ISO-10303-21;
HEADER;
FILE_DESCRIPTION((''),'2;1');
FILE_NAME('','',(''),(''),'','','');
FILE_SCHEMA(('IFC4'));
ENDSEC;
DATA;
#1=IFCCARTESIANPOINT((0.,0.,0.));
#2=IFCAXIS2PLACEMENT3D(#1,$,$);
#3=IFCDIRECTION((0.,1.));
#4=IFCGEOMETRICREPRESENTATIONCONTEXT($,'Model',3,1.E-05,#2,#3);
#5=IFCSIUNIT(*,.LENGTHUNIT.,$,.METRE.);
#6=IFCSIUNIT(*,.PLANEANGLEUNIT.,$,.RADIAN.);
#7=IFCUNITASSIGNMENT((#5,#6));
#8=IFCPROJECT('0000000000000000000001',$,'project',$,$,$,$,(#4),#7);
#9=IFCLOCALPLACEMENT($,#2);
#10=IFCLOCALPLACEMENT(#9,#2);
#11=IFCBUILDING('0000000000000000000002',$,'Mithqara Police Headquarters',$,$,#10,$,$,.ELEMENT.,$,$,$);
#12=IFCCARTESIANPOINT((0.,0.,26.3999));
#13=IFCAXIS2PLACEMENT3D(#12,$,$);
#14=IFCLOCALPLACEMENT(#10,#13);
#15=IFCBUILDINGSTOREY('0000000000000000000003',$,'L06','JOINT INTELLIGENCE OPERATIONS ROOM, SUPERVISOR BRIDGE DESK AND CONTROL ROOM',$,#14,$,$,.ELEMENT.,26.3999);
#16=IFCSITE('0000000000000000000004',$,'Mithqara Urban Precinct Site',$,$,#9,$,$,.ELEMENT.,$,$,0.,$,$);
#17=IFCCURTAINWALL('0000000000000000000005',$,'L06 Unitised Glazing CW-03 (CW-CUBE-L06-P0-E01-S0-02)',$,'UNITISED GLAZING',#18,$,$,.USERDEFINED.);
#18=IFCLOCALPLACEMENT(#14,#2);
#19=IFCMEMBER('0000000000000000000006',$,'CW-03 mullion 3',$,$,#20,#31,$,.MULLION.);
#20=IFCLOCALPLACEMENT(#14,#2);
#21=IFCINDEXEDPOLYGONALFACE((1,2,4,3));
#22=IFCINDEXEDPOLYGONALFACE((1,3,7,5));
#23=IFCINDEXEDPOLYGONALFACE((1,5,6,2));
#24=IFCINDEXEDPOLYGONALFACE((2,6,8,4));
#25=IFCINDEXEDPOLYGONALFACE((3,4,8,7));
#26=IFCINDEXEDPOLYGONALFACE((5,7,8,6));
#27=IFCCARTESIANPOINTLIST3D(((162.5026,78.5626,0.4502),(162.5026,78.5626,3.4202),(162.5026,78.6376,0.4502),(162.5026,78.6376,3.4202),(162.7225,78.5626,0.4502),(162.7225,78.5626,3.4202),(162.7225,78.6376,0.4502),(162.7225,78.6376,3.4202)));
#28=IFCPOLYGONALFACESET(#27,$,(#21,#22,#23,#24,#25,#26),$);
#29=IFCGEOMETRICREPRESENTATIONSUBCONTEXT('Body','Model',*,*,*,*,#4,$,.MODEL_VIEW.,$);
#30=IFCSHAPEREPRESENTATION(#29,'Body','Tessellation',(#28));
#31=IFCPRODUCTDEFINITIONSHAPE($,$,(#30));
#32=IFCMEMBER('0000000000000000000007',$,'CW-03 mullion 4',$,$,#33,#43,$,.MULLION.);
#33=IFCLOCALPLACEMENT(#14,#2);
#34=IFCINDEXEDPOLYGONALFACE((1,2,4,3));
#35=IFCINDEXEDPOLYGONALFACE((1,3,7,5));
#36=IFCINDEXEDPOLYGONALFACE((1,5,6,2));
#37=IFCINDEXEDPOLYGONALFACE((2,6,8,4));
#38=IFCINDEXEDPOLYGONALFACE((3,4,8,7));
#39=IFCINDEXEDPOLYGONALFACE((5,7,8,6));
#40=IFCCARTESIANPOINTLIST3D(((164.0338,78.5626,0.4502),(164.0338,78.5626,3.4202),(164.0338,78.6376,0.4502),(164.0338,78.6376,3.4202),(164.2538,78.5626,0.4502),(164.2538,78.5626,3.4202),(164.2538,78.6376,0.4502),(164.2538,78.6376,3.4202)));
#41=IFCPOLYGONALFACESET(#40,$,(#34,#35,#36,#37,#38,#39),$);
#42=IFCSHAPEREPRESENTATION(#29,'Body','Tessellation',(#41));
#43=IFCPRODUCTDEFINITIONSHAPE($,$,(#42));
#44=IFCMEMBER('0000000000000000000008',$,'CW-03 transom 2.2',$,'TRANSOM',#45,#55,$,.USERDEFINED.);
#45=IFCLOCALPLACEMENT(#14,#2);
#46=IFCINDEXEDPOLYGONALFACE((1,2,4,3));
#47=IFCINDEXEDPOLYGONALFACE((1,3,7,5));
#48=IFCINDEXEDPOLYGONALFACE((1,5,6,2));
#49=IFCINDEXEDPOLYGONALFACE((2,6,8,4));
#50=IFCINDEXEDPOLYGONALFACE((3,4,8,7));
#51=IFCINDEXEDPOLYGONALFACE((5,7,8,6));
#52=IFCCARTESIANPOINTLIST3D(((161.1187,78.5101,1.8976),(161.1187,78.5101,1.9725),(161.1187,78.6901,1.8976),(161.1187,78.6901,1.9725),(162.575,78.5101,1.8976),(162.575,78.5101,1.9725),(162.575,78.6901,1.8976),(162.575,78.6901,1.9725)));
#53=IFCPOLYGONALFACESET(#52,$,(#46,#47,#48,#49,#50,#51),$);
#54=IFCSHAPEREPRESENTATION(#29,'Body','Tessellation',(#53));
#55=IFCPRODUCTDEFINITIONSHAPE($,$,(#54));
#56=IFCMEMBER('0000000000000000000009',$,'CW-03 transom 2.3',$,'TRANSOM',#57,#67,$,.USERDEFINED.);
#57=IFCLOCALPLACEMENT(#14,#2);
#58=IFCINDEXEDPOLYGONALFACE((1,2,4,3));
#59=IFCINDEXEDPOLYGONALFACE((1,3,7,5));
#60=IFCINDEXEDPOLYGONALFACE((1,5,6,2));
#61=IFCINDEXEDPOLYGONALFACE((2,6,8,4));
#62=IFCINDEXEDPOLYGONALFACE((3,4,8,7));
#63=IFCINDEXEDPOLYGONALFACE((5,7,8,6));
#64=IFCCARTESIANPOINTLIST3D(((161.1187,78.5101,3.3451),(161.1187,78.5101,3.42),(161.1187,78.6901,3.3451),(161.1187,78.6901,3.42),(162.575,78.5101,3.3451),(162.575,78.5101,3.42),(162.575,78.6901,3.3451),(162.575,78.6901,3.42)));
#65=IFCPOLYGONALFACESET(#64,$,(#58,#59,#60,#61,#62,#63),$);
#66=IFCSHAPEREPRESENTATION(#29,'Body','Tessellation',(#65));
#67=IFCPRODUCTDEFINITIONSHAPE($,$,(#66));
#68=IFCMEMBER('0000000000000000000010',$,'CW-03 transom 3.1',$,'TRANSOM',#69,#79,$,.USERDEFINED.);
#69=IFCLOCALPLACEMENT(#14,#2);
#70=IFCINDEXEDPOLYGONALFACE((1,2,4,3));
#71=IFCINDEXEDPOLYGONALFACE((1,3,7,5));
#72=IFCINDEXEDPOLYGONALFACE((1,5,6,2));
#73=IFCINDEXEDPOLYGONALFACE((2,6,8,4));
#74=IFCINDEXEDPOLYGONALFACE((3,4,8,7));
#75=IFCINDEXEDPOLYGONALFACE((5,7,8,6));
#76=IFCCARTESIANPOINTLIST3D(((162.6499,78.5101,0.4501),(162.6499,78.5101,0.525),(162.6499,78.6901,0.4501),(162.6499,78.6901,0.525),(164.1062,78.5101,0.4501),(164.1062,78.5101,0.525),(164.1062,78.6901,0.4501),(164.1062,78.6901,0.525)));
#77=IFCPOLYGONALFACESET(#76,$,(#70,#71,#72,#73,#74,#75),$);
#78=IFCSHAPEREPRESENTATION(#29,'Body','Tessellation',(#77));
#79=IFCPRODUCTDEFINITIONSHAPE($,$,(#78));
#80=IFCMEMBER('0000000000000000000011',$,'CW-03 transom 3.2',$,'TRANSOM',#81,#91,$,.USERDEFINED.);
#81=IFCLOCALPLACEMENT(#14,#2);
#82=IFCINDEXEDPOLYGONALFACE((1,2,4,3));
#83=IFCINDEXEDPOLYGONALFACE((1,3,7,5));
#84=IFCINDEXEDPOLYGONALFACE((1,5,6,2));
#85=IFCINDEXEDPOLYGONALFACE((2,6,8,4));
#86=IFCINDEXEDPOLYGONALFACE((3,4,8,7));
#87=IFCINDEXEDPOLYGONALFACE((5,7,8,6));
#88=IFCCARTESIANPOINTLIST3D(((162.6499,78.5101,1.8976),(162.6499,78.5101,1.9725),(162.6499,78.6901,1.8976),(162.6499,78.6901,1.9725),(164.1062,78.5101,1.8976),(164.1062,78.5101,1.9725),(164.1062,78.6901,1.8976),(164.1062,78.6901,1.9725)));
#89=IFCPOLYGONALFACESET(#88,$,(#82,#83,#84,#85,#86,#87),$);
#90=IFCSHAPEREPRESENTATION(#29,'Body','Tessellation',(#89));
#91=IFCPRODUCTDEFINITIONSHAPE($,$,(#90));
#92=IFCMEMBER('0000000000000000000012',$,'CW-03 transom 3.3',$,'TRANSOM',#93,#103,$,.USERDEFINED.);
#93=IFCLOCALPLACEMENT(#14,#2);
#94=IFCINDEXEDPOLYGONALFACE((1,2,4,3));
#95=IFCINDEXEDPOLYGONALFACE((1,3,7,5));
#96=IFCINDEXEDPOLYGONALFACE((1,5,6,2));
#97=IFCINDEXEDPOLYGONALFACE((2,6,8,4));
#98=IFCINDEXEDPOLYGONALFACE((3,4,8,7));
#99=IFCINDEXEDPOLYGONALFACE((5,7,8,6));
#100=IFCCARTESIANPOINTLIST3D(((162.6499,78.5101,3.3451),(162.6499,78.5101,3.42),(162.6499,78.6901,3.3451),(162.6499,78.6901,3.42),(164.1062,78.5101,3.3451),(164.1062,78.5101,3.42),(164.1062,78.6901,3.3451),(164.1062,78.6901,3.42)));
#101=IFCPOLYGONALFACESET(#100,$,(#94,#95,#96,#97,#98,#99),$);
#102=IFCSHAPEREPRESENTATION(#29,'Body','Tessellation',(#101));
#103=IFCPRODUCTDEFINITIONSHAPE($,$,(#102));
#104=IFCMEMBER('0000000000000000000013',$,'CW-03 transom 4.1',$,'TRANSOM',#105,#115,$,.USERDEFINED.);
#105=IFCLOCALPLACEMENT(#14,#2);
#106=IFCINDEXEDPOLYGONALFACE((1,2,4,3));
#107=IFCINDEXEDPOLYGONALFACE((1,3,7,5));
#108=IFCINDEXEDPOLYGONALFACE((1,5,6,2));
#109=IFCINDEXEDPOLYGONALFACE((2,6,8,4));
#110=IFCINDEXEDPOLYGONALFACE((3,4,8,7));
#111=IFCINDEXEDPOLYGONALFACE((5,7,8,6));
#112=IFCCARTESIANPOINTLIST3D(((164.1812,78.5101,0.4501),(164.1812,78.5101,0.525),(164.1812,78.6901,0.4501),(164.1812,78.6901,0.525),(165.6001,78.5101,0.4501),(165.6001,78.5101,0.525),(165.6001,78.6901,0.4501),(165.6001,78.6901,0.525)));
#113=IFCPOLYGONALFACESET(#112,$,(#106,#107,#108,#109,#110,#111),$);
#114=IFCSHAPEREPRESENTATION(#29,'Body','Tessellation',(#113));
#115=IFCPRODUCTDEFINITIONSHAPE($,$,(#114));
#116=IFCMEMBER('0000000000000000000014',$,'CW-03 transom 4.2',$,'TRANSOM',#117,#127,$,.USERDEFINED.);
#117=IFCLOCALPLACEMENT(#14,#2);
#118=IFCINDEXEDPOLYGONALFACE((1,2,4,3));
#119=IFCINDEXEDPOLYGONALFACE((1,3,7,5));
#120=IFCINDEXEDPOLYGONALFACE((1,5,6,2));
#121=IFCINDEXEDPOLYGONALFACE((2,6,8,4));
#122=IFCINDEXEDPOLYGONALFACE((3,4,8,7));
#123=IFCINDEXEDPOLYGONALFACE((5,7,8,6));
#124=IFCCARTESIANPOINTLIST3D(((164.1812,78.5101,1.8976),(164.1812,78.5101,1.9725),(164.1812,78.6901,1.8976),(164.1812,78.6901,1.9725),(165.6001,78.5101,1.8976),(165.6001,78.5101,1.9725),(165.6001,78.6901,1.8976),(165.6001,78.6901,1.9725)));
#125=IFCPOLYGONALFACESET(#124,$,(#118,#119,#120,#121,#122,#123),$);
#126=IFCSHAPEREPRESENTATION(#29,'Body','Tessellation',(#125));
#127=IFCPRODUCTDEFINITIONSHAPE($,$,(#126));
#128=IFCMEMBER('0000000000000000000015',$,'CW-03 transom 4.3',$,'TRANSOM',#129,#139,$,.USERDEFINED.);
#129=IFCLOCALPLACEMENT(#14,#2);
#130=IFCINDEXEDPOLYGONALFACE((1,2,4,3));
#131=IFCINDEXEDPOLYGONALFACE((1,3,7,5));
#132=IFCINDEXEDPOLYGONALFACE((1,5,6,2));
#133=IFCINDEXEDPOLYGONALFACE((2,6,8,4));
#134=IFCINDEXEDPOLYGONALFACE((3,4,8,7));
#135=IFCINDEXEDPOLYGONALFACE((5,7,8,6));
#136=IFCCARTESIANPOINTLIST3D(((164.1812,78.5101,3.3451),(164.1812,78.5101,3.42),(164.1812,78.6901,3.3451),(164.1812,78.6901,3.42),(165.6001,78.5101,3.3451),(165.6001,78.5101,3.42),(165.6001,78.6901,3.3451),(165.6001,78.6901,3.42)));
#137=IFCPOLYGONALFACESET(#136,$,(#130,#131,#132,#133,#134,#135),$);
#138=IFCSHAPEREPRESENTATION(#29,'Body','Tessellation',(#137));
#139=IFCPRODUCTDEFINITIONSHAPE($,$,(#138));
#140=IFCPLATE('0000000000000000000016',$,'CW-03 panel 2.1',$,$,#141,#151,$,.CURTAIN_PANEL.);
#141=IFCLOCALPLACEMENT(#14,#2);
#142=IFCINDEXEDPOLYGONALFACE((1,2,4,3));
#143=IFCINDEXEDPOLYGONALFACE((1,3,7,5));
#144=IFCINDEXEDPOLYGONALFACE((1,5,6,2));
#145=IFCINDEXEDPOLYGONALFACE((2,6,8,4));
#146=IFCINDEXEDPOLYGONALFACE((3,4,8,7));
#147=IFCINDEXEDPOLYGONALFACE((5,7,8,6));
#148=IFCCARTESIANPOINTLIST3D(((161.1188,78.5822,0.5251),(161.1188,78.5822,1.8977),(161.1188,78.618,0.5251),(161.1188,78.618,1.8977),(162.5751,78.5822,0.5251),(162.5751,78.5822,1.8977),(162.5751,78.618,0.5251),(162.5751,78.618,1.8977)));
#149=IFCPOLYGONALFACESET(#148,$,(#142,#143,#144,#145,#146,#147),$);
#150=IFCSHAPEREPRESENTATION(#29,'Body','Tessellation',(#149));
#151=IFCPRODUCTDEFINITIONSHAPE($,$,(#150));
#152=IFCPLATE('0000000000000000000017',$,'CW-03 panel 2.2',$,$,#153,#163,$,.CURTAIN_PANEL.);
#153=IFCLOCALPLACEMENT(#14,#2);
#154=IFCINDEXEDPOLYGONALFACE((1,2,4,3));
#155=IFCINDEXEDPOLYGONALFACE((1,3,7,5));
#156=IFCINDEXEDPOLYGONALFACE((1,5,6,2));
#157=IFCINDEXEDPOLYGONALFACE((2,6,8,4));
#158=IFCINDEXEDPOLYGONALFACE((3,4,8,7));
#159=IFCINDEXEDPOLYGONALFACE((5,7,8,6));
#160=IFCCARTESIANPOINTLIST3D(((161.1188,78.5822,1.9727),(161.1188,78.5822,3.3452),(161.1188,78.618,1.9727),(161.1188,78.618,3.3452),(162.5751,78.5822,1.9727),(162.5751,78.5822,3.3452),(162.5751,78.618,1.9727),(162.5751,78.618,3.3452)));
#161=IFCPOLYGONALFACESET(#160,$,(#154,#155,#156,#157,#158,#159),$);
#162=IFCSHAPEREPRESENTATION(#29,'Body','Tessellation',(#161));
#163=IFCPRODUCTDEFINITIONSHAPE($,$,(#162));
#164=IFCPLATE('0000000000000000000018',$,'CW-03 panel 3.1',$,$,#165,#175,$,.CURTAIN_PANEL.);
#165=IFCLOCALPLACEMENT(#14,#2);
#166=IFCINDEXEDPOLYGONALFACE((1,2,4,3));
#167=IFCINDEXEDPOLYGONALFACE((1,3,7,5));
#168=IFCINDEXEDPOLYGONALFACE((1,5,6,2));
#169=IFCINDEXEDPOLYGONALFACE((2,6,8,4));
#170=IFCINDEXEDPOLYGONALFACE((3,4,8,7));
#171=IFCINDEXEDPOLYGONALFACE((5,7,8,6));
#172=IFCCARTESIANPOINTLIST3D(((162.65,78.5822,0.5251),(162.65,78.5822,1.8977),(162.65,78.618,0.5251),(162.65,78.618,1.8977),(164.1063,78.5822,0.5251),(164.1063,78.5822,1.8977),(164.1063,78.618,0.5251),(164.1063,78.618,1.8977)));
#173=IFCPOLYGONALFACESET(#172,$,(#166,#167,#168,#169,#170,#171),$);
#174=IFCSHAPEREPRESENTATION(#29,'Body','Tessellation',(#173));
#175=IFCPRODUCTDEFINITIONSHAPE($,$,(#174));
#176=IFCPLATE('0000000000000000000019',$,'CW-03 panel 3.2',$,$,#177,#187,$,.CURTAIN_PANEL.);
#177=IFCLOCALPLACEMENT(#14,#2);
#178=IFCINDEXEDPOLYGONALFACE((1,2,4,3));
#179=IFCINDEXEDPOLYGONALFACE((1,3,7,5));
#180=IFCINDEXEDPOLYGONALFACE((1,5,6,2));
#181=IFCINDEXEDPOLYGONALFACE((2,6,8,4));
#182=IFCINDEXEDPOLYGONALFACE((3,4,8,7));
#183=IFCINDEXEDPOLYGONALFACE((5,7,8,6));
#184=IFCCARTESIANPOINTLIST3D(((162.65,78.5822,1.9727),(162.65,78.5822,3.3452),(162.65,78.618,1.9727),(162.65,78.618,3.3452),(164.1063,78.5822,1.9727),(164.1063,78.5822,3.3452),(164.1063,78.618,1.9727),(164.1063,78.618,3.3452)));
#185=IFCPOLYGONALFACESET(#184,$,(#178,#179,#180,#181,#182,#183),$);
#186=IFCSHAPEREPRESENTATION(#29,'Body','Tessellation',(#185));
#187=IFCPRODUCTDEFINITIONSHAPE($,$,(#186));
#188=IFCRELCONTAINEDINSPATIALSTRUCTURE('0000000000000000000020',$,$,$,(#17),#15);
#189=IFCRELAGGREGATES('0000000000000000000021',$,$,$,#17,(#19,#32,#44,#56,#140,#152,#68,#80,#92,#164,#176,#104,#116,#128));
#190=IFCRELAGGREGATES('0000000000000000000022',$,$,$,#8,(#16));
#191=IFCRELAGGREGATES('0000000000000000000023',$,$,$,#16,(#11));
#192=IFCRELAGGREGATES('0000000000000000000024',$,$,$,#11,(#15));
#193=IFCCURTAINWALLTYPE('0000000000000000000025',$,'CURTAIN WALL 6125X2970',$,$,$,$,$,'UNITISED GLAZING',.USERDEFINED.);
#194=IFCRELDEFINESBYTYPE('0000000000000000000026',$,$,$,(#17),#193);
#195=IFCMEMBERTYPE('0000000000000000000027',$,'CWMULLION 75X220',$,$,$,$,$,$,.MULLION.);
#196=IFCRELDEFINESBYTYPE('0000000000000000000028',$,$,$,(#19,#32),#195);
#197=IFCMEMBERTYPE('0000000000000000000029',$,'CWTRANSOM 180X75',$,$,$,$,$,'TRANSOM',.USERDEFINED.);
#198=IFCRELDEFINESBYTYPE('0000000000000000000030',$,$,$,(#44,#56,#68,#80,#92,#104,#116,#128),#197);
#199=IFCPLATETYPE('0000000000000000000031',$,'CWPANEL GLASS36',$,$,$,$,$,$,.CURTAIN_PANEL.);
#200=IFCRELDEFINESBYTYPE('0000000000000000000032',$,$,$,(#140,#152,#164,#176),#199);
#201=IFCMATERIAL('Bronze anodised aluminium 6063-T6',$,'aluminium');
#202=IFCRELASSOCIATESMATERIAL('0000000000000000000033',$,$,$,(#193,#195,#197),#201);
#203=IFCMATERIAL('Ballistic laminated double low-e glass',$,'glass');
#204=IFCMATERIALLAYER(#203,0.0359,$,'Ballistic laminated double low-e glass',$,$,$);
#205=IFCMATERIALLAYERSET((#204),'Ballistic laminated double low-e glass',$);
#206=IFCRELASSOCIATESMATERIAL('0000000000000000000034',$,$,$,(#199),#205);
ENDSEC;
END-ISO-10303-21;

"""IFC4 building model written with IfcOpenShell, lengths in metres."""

from ifc_helpers import new_model, si_unit, direction, frame, origin, origin_2d, place, context, subcontext, project, spatial, rectangle, extrude, material, layer, layer_set, material_profile, profile_set, type_object, element, aggregate, save


model = new_model("IFC4")

# Units and contexts
model_context = context("Model", 3, precision=1e-05, world=origin(), true_north=direction((0.0, 1.0)))
body_context = subcontext(model_context, "Body", "Model", "MODEL_VIEW")
ifc_project = project(units=[si_unit("LENGTHUNIT", "METRE"), si_unit("PLANEANGLEUNIT", "RADIAN")], contexts=[model_context])

# Site, building, storey
site_placement = place(None, origin())
site = spatial("IfcSite", under=ifc_project, at=site_placement, Name="Mithqara Urban Precinct Site", CompositionType="ELEMENT", RefElevation=0.0)
building_placement = place(site_placement, origin())
building = spatial("IfcBuilding", under=site, at=building_placement, Name="Mithqara Police Headquarters", CompositionType="ELEMENT")
storey_placement = place(building_placement, frame((0.0, 0.0, 26.3999)))
storey = spatial("IfcBuildingStorey", under=building, at=storey_placement, Name="L06", Description="JOINT INTELLIGENCE OPERATIONS ROOM, SUPERVISOR BRIDGE DESK AND CONTROL ROOM", CompositionType="ELEMENT", Elevation=26.3999)

# Curtain wall, members, plates
ifc_material_1 = material(Name="Bronze anodised aluminium 6063-T6", Category="aluminium")
curtain_wall_type = type_object("IfcCurtainWallType", Name="CURTAIN WALL 6125X2970", ElementType="UNITISED GLAZING", PredefinedType="USERDEFINED", material=ifc_material_1)
curtain_wall_placement = place(storey_placement, origin())
curtain_wall = element("IfcCurtainWall", 1, at=curtain_wall_placement, inside=storey, type_object=curtain_wall_type, Name="L06 Unitised Glazing CW-03 (CW-CUBE-L06-P0-E01-S0-02)", ObjectType="UNITISED GLAZING", PredefinedType="USERDEFINED")
ifc_material_profile_1 = material_profile(ifc_material_1, rectangle(XDim=0.075, YDim=0.22, at=origin_2d()), Name="CWM 75x220")
ifc_profile_set_1 = profile_set([ifc_material_profile_1], Name="Bronze anodised aluminium 6063-T6")
member_type_1 = type_object("IfcMemberType", Name="CWMULLION 75X220", PredefinedType="MULLION", material=ifc_profile_set_1)
member_1_placement = place(storey_placement, frame((162.6125, 78.6001, 0.4502), z_axis=(0.0, 0.0, 1.0), x_axis=(0.0, 1.0, 0.0)))
member_1 = element("IfcMember", 2, at=member_1_placement, type_object=member_type_1, Name="CW-03 mullion 3", PredefinedType="MULLION", context=body_context, shape_type="SweptSolid", body=[
    extrude(rectangle(XDim=0.075, YDim=0.22, at=origin_2d()), origin(), (0.0, 0.0, 1.0), 2.97),
])
member_2_placement = place(storey_placement, frame((164.1438, 78.6001, 0.4502), z_axis=(0.0, 0.0, 1.0), x_axis=(0.0, 1.0, 0.0)))
member_2 = element("IfcMember", 3, at=member_2_placement, type_object=member_type_1, Name="CW-03 mullion 4", PredefinedType="MULLION", context=body_context, shape_type="SweptSolid", body=[
    extrude(rectangle(XDim=0.075, YDim=0.22, at=origin_2d()), origin(), (0.0, 0.0, 1.0), 2.97),
])
ifc_material_profile_2 = material_profile(ifc_material_1, rectangle(XDim=0.1799, YDim=0.075, at=origin_2d()), Name="CWT 180x75")
ifc_profile_set_2 = profile_set([ifc_material_profile_2], Name="Bronze anodised aluminium 6063-T6")
member_type_2 = type_object("IfcMemberType", Name="CWTRANSOM 180X75", ElementType="TRANSOM", PredefinedType="USERDEFINED", material=ifc_profile_set_2)
member_3_placement = place(storey_placement, frame((161.1187, 78.6001, 1.9351), z_axis=(1.0, 0.0, 0.0), x_axis=(0.0, 1.0, 0.0)))
member_3 = element("IfcMember", 4, at=member_3_placement, type_object=member_type_2, Name="CW-03 transom 2.2", ObjectType="TRANSOM", PredefinedType="USERDEFINED", context=body_context, shape_type="SweptSolid", body=[
    extrude(rectangle(XDim=0.1799, YDim=0.075, at=origin_2d()), origin(), (0.0, 0.0, 1.0), 1.4563),
])
member_4_placement = place(storey_placement, frame((161.1187, 78.6001, 3.3826), z_axis=(1.0, 0.0, 0.0), x_axis=(0.0, 1.0, 0.0)))
member_4 = element("IfcMember", 5, at=member_4_placement, type_object=member_type_2, Name="CW-03 transom 2.3", ObjectType="TRANSOM", PredefinedType="USERDEFINED", context=body_context, shape_type="SweptSolid", body=[
    extrude(rectangle(XDim=0.1799, YDim=0.075, at=origin_2d()), origin(), (0.0, 0.0, 1.0), 1.4563),
])
member_5_placement = place(storey_placement, frame((162.6499, 78.6001, 0.4875), z_axis=(1.0, 0.0, 0.0), x_axis=(0.0, 1.0, 0.0)))
member_5 = element("IfcMember", 6, at=member_5_placement, type_object=member_type_2, Name="CW-03 transom 3.1", ObjectType="TRANSOM", PredefinedType="USERDEFINED", context=body_context, shape_type="SweptSolid", body=[
    extrude(rectangle(XDim=0.1799, YDim=0.075, at=origin_2d()), origin(), (0.0, 0.0, 1.0), 1.4563),
])
member_6_placement = place(storey_placement, frame((162.6499, 78.6001, 1.9351), z_axis=(1.0, 0.0, 0.0), x_axis=(0.0, 1.0, 0.0)))
member_6 = element("IfcMember", 7, at=member_6_placement, type_object=member_type_2, Name="CW-03 transom 3.2", ObjectType="TRANSOM", PredefinedType="USERDEFINED", context=body_context, shape_type="SweptSolid", body=[
    extrude(rectangle(XDim=0.1799, YDim=0.075, at=origin_2d()), origin(), (0.0, 0.0, 1.0), 1.4563),
])
member_7_placement = place(storey_placement, frame((162.6499, 78.6001, 3.3826), z_axis=(1.0, 0.0, 0.0), x_axis=(0.0, 1.0, 0.0)))
member_7 = element("IfcMember", 8, at=member_7_placement, type_object=member_type_2, Name="CW-03 transom 3.3", ObjectType="TRANSOM", PredefinedType="USERDEFINED", context=body_context, shape_type="SweptSolid", body=[
    extrude(rectangle(XDim=0.1799, YDim=0.075, at=origin_2d()), origin(), (0.0, 0.0, 1.0), 1.4563),
])
member_8_placement = place(storey_placement, frame((164.1812, 78.6001, 0.4875), z_axis=(1.0, 0.0, 0.0), x_axis=(0.0, 1.0, 0.0)))
member_8 = element("IfcMember", 9, at=member_8_placement, type_object=member_type_2, Name="CW-03 transom 4.1", ObjectType="TRANSOM", PredefinedType="USERDEFINED", context=body_context, shape_type="SweptSolid", body=[
    extrude(rectangle(XDim=0.1799, YDim=0.075, at=origin_2d()), origin(), (0.0, 0.0, 1.0), 1.4189),
])
member_9_placement = place(storey_placement, frame((164.1812, 78.6001, 1.9351), z_axis=(1.0, 0.0, 0.0), x_axis=(0.0, 1.0, 0.0)))
member_9 = element("IfcMember", 10, at=member_9_placement, type_object=member_type_2, Name="CW-03 transom 4.2", ObjectType="TRANSOM", PredefinedType="USERDEFINED", context=body_context, shape_type="SweptSolid", body=[
    extrude(rectangle(XDim=0.1799, YDim=0.075, at=origin_2d()), origin(), (0.0, 0.0, 1.0), 1.4189),
])
member_10_placement = place(storey_placement, frame((164.1812, 78.6001, 3.3826), z_axis=(1.0, 0.0, 0.0), x_axis=(0.0, 1.0, 0.0)))
member_10 = element("IfcMember", 11, at=member_10_placement, type_object=member_type_2, Name="CW-03 transom 4.3", ObjectType="TRANSOM", PredefinedType="USERDEFINED", context=body_context, shape_type="SweptSolid", body=[
    extrude(rectangle(XDim=0.1799, YDim=0.075, at=origin_2d()), origin(), (0.0, 0.0, 1.0), 1.4189),
])
ifc_material_2 = material(Name="Ballistic laminated double low-e glass", Category="glass")
ifc_layer_1 = layer(ifc_material_2, 0.0359, Name="Ballistic laminated double low-e glass")
ifc_layer_set_1 = layer_set([ifc_layer_1], Name="Ballistic laminated double low-e glass")
plate_type = type_object("IfcPlateType", Name="CWPANEL GLASS36", PredefinedType="CURTAIN_PANEL", material=ifc_layer_set_1)
plate_1_placement = place(storey_placement, frame((161.8469, 78.6001, 0.5251), z_axis=(0.0, 0.0, 1.0), x_axis=(1.0, 0.0, 0.0)))
plate_1 = element("IfcPlate", 12, at=plate_1_placement, type_object=plate_type, Name="CW-03 panel 2.1", PredefinedType="CURTAIN_PANEL", context=body_context, shape_type="SweptSolid", body=[
    extrude(rectangle(XDim=1.4563, YDim=0.0359, at=origin_2d()), origin(), (0.0, 0.0, 1.0), 1.3726),
])
plate_2_placement = place(storey_placement, frame((161.8469, 78.6001, 1.9727), z_axis=(0.0, 0.0, 1.0), x_axis=(1.0, 0.0, 0.0)))
plate_2 = element("IfcPlate", 13, at=plate_2_placement, type_object=plate_type, Name="CW-03 panel 2.2", PredefinedType="CURTAIN_PANEL", context=body_context, shape_type="SweptSolid", body=[
    extrude(rectangle(XDim=1.4563, YDim=0.0359, at=origin_2d()), origin(), (0.0, 0.0, 1.0), 1.3726),
])
plate_3_placement = place(storey_placement, frame((163.3782, 78.6001, 0.5251), z_axis=(0.0, 0.0, 1.0), x_axis=(1.0, 0.0, 0.0)))
plate_3 = element("IfcPlate", 14, at=plate_3_placement, type_object=plate_type, Name="CW-03 panel 3.1", PredefinedType="CURTAIN_PANEL", context=body_context, shape_type="SweptSolid", body=[
    extrude(rectangle(XDim=1.4563, YDim=0.0359, at=origin_2d()), origin(), (0.0, 0.0, 1.0), 1.3726),
])
plate_4_placement = place(storey_placement, frame((163.3782, 78.6001, 1.9727), z_axis=(0.0, 0.0, 1.0), x_axis=(1.0, 0.0, 0.0)))
plate_4 = element("IfcPlate", 15, at=plate_4_placement, type_object=plate_type, Name="CW-03 panel 3.2", PredefinedType="CURTAIN_PANEL", context=body_context, shape_type="SweptSolid", body=[
    extrude(rectangle(XDim=1.4563, YDim=0.0359, at=origin_2d()), origin(), (0.0, 0.0, 1.0), 1.3726),
])
aggregate(curtain_wall, [member_1, member_2, member_3, member_4, plate_1, plate_2, member_5, member_6, member_7, plate_3, plate_4, member_8, member_9, member_10])

save(model, "model.ifc")
